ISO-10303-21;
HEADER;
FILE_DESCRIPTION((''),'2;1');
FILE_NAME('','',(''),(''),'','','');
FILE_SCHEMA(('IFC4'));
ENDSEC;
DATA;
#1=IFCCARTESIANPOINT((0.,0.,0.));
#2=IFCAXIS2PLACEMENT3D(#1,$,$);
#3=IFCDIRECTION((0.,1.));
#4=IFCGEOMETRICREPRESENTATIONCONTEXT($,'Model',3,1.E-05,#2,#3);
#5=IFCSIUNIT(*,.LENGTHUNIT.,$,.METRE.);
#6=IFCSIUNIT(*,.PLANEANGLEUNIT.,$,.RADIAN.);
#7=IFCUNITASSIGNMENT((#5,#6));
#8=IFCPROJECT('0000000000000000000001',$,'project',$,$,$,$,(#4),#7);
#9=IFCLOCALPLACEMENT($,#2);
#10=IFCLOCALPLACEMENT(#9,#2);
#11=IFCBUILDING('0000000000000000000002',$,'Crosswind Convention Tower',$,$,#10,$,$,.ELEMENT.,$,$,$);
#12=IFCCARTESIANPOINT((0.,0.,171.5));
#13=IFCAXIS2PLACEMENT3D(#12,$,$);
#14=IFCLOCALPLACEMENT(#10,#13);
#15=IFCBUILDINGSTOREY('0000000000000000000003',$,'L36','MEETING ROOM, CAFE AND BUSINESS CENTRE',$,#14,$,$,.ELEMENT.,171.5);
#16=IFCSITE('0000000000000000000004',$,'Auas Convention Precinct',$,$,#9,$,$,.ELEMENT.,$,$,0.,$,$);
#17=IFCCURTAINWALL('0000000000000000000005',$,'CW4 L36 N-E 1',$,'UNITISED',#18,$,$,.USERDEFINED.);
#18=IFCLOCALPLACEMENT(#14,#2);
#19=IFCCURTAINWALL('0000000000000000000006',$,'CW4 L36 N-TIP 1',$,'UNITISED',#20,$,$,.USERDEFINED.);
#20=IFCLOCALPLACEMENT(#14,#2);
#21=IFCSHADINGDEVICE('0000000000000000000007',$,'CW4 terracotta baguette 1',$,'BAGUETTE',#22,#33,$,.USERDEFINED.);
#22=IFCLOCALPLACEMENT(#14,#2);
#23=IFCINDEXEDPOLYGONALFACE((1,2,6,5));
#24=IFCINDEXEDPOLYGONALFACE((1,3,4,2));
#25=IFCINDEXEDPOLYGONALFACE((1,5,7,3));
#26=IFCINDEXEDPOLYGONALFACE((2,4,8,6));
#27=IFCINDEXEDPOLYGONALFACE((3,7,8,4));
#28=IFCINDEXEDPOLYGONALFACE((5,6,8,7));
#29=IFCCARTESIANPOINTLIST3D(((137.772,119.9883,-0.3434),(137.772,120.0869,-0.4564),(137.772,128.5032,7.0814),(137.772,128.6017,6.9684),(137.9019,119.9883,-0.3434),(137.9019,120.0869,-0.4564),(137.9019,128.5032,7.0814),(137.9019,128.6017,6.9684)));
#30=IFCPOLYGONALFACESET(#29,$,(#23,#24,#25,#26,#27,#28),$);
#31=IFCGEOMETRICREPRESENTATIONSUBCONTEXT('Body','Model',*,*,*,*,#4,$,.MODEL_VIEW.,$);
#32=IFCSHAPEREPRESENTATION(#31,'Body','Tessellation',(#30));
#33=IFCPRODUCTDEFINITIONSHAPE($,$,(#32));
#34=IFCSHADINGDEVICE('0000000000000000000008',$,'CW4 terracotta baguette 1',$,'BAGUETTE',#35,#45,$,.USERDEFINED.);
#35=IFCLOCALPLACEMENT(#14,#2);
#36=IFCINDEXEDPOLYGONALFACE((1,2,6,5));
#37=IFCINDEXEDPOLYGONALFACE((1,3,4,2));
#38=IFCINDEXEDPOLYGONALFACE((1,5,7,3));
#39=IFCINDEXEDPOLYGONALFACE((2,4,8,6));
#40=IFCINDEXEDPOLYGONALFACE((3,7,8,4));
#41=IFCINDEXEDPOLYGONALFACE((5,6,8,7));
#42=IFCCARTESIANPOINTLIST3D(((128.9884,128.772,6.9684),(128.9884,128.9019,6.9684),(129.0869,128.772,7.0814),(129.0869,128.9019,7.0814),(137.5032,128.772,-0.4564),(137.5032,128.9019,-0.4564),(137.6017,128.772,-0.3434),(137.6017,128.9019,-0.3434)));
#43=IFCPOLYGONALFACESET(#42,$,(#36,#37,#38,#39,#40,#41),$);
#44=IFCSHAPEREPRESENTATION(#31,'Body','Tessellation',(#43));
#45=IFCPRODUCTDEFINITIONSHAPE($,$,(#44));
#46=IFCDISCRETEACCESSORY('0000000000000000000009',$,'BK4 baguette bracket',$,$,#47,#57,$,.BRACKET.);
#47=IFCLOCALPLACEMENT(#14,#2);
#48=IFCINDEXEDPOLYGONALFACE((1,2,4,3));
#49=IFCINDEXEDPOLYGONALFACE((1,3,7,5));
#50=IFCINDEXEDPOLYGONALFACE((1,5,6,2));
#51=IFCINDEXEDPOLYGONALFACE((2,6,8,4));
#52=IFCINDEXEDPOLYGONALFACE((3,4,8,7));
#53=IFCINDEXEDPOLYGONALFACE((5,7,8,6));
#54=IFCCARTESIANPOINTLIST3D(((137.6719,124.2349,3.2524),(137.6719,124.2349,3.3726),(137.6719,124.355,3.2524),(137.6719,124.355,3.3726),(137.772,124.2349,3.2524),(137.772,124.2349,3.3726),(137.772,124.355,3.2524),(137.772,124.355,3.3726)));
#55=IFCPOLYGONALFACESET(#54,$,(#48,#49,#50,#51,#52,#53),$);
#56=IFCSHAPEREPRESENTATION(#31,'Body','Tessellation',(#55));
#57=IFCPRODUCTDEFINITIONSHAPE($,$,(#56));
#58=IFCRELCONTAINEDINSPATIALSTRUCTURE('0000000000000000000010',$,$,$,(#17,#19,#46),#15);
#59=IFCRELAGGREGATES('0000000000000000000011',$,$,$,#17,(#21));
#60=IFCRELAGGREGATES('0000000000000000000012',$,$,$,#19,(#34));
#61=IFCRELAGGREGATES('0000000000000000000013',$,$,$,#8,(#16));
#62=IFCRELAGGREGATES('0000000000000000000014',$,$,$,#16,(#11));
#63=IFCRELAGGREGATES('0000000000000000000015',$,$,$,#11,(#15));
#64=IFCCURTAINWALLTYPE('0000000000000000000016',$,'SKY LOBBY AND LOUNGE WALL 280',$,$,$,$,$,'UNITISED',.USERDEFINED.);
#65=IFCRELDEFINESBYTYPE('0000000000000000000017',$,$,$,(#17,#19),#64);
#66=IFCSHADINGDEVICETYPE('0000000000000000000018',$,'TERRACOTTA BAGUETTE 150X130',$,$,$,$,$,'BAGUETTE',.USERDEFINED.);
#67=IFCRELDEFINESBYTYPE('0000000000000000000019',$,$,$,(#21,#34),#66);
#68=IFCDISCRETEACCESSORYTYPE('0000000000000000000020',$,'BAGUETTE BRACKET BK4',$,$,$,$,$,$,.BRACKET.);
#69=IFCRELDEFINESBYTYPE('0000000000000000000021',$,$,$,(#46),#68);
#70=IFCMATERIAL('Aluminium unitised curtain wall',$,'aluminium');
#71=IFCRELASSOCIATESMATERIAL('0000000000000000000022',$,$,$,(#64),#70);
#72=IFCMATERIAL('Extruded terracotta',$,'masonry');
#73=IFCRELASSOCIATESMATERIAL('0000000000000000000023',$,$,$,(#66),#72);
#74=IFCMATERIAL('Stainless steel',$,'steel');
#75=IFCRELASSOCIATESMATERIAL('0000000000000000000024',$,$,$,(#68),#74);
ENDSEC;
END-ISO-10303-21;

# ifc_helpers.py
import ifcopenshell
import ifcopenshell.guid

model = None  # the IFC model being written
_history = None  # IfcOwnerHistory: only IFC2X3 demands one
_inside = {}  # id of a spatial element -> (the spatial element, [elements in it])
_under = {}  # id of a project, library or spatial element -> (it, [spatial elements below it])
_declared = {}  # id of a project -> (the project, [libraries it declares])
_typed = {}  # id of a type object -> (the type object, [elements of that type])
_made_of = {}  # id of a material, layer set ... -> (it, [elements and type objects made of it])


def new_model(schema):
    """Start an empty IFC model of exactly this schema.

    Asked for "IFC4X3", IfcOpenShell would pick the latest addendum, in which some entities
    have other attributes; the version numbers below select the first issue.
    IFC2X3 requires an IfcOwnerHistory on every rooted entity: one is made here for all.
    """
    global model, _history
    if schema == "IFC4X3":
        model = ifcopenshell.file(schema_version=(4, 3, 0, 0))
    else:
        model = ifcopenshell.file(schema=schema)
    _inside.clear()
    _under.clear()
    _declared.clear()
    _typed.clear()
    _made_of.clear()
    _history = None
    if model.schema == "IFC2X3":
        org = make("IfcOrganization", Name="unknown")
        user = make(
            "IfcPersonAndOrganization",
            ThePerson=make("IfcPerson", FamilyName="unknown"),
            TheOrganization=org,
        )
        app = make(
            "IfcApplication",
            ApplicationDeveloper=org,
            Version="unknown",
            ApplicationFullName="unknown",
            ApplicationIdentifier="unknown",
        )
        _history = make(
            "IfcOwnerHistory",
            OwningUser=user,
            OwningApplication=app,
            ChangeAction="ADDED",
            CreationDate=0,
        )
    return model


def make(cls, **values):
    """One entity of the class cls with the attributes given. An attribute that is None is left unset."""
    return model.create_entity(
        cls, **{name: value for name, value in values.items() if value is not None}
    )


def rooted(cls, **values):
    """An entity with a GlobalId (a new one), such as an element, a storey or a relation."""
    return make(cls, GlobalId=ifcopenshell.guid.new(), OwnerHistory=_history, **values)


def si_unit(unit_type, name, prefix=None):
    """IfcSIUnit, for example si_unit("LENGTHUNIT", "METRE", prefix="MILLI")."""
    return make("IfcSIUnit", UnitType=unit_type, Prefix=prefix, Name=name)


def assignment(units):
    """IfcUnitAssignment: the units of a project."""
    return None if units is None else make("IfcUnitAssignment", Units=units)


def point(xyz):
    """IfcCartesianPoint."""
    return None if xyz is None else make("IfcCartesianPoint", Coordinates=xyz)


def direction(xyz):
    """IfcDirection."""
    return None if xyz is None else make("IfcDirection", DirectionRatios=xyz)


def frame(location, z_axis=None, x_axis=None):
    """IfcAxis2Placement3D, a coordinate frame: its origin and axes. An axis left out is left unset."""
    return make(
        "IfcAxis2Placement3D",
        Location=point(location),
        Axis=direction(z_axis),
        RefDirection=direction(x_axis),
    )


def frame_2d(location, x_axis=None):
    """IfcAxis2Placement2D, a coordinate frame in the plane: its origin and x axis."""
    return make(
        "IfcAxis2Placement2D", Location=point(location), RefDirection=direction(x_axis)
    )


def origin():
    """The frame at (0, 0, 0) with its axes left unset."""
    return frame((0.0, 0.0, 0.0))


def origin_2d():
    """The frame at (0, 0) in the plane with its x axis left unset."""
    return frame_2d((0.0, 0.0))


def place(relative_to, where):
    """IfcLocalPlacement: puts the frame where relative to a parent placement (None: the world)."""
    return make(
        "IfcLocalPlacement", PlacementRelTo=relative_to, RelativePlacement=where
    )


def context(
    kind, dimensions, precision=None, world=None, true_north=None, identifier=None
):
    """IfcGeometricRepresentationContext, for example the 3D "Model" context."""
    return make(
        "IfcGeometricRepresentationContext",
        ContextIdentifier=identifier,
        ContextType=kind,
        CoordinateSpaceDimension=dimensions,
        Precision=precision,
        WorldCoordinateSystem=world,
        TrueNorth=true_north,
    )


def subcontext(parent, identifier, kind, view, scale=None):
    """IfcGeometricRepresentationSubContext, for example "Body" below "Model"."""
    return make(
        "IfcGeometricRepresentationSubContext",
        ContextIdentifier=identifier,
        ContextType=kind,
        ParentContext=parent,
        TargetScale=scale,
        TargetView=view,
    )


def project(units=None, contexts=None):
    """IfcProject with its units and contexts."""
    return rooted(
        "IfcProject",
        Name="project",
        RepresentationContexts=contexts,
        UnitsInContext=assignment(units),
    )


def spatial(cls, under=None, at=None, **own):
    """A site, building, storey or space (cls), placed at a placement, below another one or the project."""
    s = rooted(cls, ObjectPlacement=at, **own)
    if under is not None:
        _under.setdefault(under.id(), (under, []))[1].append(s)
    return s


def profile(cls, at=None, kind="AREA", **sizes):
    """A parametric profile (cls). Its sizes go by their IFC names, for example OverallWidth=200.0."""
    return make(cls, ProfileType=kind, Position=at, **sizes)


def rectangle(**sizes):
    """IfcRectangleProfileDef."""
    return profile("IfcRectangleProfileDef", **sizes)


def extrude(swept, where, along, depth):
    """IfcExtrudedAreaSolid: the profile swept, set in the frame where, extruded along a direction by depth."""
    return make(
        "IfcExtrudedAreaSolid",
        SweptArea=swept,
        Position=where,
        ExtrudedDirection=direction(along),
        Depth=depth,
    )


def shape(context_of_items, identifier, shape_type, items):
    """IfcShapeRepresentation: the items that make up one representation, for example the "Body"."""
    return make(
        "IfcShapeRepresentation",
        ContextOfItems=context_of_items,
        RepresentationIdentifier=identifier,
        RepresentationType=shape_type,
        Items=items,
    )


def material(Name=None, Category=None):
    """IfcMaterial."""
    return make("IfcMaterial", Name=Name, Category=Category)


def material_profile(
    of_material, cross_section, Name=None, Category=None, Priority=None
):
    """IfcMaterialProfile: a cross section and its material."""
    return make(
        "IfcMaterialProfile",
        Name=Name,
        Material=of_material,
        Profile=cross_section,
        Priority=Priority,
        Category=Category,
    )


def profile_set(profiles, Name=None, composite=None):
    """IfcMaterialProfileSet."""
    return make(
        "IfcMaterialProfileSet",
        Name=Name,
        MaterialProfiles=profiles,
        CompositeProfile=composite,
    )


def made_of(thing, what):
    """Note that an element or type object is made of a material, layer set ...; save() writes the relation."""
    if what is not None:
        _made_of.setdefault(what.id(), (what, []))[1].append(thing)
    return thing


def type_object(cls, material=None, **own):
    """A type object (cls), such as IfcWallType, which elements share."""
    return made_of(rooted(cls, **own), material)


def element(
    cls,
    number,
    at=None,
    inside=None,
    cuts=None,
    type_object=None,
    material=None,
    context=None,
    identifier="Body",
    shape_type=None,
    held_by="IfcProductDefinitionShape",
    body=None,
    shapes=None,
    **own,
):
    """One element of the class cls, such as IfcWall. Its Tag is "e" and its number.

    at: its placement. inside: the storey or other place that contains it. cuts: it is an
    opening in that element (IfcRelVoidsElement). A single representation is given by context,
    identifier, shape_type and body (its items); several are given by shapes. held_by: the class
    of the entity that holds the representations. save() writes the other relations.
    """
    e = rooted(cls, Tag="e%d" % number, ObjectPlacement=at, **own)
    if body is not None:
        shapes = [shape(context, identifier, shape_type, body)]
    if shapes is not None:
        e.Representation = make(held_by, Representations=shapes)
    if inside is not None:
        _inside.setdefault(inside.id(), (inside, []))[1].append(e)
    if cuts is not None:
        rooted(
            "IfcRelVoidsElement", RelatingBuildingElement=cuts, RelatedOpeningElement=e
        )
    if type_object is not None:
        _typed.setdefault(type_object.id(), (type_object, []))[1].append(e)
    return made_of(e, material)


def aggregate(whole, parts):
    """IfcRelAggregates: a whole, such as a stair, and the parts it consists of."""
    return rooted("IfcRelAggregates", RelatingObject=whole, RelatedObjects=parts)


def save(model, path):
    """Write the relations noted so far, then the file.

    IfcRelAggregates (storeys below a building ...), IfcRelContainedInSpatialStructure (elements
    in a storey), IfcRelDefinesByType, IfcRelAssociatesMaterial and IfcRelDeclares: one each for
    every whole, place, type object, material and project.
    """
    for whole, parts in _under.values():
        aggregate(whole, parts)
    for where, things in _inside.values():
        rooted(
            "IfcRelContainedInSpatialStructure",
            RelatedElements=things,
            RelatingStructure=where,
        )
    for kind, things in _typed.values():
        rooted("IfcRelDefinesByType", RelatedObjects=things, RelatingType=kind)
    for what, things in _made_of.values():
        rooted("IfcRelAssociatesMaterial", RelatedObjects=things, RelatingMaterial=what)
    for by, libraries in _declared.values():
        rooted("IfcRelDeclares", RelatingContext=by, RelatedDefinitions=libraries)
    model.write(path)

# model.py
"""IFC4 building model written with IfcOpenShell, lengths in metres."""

from ifc_helpers import new_model, si_unit, direction, frame, origin, origin_2d, place, context, subcontext, project, spatial, rectangle, extrude, material, material_profile, profile_set, type_object, element, aggregate, save


model = new_model("IFC4")

# Units and contexts
model_context = context("Model", 3, precision=1e-05, world=origin(), true_north=direction((0.0, 1.0)))
body_context = subcontext(model_context, "Body", "Model", "MODEL_VIEW")
ifc_project = project(units=[si_unit("LENGTHUNIT", "METRE"), si_unit("PLANEANGLEUNIT", "RADIAN")], contexts=[model_context])

# Site, building, storey
site_placement = place(None, origin())
site = spatial("IfcSite", under=ifc_project, at=site_placement, Name="Auas Convention Precinct", CompositionType="ELEMENT", RefElevation=0.0)
building_placement = place(site_placement, origin())
building = spatial("IfcBuilding", under=site, at=building_placement, Name="Crosswind Convention Tower", CompositionType="ELEMENT")
storey_placement = place(building_placement, frame((0.0, 0.0, 171.5)))
storey = spatial("IfcBuildingStorey", under=building, at=storey_placement, Name="L36", Description="MEETING ROOM, CAFE AND BUSINESS CENTRE", CompositionType="ELEMENT", Elevation=171.5)

# Shared definitions
ifc_material_1 = material(Name="Aluminium unitised curtain wall", Category="aluminium")

# Shared definitions
curtain_wall_type_1 = type_object("IfcCurtainWallType", Name="SKY LOBBY AND LOUNGE WALL 280", ElementType="UNITISED", PredefinedType="USERDEFINED", material=ifc_material_1)

# Curtain wall
curtain_wall_1_placement = place(storey_placement, origin())
curtain_wall_1 = element("IfcCurtainWall", 1, at=curtain_wall_1_placement, inside=storey, type_object=curtain_wall_type_1, Name="CW4 L36 N-E 1", ObjectType="UNITISED", PredefinedType="USERDEFINED")

# Curtain wall
curtain_wall_2_placement = place(storey_placement, origin())
curtain_wall_2 = element("IfcCurtainWall", 2, at=curtain_wall_2_placement, inside=storey, type_object=curtain_wall_type_1, Name="CW4 L36 N-TIP 1", ObjectType="UNITISED", PredefinedType="USERDEFINED")

# Shading devices
ifc_material_2 = material(Name="Extruded terracotta", Category="masonry")
ifc_material_profile_1 = material_profile(ifc_material_2, rectangle(XDim=0.1299, YDim=0.1499, at=origin_2d()), Name="TC 130X150")
ifc_profile_set_1 = profile_set([ifc_material_profile_1], Name="Extruded terracotta")
shading_device_type = type_object("IfcShadingDeviceType", Name="TERRACOTTA BAGUETTE 150X130", ElementType="BAGUETTE", PredefinedType="USERDEFINED", material=ifc_profile_set_1)
shading_device_1_placement = place(storey_placement, frame((137.8369, 120.0376, -0.3999), z_axis=(0.0, 0.753704, 0.657214), x_axis=(-1.0, 0.0, 0.0)))
shading_device_1 = element("IfcShadingDevice", 3, at=shading_device_1_placement, type_object=shading_device_type, Name="CW4 terracotta baguette 1", ObjectType="BAGUETTE", PredefinedType="USERDEFINED", context=body_context, shape_type="SweptSolid", body=[
    extrude(rectangle(XDim=0.1299, YDim=0.1499, at=origin_2d()), origin(), (0.0, 0.0, 1.0), 11.2974),
])
aggregate(curtain_wall_1, [shading_device_1])
shading_device_2_placement = place(storey_placement, frame((137.5525, 128.8369, -0.3999), z_axis=(-0.753704, 0.0, 0.657214), x_axis=(0.0, -1.0, 0.0)))
shading_device_2 = element("IfcShadingDevice", 4, at=shading_device_2_placement, type_object=shading_device_type, Name="CW4 terracotta baguette 1", ObjectType="BAGUETTE", PredefinedType="USERDEFINED", context=body_context, shape_type="SweptSolid", body=[
    extrude(rectangle(XDim=0.1299, YDim=0.1499, at=origin_2d()), origin(), (0.0, 0.0, 1.0), 11.2974),
])
aggregate(curtain_wall_2, [shading_device_2])

# Discrete accessory
ifc_material_3 = material(Name="Stainless steel", Category="steel")
discrete_accessory_type = type_object("IfcDiscreteAccessoryType", Name="BAGUETTE BRACKET BK4", PredefinedType="BRACKET", material=ifc_material_3)
discrete_accessory_placement = place(storey_placement, frame((137.7219, 124.2949, 3.2524), z_axis=(0.0, 0.0, 1.0), x_axis=(0.0, 1.0, 0.0)))
element("IfcDiscreteAccessory", 5, at=discrete_accessory_placement, inside=storey, type_object=discrete_accessory_type, Name="BK4 baguette bracket", PredefinedType="BRACKET", context=body_context, shape_type="SweptSolid", body=[
    extrude(rectangle(XDim=0.1201, YDim=0.1001, at=origin_2d()), origin(), (0.0, 0.0, 1.0), 0.1201),
])

save(model, "model.ifc")
